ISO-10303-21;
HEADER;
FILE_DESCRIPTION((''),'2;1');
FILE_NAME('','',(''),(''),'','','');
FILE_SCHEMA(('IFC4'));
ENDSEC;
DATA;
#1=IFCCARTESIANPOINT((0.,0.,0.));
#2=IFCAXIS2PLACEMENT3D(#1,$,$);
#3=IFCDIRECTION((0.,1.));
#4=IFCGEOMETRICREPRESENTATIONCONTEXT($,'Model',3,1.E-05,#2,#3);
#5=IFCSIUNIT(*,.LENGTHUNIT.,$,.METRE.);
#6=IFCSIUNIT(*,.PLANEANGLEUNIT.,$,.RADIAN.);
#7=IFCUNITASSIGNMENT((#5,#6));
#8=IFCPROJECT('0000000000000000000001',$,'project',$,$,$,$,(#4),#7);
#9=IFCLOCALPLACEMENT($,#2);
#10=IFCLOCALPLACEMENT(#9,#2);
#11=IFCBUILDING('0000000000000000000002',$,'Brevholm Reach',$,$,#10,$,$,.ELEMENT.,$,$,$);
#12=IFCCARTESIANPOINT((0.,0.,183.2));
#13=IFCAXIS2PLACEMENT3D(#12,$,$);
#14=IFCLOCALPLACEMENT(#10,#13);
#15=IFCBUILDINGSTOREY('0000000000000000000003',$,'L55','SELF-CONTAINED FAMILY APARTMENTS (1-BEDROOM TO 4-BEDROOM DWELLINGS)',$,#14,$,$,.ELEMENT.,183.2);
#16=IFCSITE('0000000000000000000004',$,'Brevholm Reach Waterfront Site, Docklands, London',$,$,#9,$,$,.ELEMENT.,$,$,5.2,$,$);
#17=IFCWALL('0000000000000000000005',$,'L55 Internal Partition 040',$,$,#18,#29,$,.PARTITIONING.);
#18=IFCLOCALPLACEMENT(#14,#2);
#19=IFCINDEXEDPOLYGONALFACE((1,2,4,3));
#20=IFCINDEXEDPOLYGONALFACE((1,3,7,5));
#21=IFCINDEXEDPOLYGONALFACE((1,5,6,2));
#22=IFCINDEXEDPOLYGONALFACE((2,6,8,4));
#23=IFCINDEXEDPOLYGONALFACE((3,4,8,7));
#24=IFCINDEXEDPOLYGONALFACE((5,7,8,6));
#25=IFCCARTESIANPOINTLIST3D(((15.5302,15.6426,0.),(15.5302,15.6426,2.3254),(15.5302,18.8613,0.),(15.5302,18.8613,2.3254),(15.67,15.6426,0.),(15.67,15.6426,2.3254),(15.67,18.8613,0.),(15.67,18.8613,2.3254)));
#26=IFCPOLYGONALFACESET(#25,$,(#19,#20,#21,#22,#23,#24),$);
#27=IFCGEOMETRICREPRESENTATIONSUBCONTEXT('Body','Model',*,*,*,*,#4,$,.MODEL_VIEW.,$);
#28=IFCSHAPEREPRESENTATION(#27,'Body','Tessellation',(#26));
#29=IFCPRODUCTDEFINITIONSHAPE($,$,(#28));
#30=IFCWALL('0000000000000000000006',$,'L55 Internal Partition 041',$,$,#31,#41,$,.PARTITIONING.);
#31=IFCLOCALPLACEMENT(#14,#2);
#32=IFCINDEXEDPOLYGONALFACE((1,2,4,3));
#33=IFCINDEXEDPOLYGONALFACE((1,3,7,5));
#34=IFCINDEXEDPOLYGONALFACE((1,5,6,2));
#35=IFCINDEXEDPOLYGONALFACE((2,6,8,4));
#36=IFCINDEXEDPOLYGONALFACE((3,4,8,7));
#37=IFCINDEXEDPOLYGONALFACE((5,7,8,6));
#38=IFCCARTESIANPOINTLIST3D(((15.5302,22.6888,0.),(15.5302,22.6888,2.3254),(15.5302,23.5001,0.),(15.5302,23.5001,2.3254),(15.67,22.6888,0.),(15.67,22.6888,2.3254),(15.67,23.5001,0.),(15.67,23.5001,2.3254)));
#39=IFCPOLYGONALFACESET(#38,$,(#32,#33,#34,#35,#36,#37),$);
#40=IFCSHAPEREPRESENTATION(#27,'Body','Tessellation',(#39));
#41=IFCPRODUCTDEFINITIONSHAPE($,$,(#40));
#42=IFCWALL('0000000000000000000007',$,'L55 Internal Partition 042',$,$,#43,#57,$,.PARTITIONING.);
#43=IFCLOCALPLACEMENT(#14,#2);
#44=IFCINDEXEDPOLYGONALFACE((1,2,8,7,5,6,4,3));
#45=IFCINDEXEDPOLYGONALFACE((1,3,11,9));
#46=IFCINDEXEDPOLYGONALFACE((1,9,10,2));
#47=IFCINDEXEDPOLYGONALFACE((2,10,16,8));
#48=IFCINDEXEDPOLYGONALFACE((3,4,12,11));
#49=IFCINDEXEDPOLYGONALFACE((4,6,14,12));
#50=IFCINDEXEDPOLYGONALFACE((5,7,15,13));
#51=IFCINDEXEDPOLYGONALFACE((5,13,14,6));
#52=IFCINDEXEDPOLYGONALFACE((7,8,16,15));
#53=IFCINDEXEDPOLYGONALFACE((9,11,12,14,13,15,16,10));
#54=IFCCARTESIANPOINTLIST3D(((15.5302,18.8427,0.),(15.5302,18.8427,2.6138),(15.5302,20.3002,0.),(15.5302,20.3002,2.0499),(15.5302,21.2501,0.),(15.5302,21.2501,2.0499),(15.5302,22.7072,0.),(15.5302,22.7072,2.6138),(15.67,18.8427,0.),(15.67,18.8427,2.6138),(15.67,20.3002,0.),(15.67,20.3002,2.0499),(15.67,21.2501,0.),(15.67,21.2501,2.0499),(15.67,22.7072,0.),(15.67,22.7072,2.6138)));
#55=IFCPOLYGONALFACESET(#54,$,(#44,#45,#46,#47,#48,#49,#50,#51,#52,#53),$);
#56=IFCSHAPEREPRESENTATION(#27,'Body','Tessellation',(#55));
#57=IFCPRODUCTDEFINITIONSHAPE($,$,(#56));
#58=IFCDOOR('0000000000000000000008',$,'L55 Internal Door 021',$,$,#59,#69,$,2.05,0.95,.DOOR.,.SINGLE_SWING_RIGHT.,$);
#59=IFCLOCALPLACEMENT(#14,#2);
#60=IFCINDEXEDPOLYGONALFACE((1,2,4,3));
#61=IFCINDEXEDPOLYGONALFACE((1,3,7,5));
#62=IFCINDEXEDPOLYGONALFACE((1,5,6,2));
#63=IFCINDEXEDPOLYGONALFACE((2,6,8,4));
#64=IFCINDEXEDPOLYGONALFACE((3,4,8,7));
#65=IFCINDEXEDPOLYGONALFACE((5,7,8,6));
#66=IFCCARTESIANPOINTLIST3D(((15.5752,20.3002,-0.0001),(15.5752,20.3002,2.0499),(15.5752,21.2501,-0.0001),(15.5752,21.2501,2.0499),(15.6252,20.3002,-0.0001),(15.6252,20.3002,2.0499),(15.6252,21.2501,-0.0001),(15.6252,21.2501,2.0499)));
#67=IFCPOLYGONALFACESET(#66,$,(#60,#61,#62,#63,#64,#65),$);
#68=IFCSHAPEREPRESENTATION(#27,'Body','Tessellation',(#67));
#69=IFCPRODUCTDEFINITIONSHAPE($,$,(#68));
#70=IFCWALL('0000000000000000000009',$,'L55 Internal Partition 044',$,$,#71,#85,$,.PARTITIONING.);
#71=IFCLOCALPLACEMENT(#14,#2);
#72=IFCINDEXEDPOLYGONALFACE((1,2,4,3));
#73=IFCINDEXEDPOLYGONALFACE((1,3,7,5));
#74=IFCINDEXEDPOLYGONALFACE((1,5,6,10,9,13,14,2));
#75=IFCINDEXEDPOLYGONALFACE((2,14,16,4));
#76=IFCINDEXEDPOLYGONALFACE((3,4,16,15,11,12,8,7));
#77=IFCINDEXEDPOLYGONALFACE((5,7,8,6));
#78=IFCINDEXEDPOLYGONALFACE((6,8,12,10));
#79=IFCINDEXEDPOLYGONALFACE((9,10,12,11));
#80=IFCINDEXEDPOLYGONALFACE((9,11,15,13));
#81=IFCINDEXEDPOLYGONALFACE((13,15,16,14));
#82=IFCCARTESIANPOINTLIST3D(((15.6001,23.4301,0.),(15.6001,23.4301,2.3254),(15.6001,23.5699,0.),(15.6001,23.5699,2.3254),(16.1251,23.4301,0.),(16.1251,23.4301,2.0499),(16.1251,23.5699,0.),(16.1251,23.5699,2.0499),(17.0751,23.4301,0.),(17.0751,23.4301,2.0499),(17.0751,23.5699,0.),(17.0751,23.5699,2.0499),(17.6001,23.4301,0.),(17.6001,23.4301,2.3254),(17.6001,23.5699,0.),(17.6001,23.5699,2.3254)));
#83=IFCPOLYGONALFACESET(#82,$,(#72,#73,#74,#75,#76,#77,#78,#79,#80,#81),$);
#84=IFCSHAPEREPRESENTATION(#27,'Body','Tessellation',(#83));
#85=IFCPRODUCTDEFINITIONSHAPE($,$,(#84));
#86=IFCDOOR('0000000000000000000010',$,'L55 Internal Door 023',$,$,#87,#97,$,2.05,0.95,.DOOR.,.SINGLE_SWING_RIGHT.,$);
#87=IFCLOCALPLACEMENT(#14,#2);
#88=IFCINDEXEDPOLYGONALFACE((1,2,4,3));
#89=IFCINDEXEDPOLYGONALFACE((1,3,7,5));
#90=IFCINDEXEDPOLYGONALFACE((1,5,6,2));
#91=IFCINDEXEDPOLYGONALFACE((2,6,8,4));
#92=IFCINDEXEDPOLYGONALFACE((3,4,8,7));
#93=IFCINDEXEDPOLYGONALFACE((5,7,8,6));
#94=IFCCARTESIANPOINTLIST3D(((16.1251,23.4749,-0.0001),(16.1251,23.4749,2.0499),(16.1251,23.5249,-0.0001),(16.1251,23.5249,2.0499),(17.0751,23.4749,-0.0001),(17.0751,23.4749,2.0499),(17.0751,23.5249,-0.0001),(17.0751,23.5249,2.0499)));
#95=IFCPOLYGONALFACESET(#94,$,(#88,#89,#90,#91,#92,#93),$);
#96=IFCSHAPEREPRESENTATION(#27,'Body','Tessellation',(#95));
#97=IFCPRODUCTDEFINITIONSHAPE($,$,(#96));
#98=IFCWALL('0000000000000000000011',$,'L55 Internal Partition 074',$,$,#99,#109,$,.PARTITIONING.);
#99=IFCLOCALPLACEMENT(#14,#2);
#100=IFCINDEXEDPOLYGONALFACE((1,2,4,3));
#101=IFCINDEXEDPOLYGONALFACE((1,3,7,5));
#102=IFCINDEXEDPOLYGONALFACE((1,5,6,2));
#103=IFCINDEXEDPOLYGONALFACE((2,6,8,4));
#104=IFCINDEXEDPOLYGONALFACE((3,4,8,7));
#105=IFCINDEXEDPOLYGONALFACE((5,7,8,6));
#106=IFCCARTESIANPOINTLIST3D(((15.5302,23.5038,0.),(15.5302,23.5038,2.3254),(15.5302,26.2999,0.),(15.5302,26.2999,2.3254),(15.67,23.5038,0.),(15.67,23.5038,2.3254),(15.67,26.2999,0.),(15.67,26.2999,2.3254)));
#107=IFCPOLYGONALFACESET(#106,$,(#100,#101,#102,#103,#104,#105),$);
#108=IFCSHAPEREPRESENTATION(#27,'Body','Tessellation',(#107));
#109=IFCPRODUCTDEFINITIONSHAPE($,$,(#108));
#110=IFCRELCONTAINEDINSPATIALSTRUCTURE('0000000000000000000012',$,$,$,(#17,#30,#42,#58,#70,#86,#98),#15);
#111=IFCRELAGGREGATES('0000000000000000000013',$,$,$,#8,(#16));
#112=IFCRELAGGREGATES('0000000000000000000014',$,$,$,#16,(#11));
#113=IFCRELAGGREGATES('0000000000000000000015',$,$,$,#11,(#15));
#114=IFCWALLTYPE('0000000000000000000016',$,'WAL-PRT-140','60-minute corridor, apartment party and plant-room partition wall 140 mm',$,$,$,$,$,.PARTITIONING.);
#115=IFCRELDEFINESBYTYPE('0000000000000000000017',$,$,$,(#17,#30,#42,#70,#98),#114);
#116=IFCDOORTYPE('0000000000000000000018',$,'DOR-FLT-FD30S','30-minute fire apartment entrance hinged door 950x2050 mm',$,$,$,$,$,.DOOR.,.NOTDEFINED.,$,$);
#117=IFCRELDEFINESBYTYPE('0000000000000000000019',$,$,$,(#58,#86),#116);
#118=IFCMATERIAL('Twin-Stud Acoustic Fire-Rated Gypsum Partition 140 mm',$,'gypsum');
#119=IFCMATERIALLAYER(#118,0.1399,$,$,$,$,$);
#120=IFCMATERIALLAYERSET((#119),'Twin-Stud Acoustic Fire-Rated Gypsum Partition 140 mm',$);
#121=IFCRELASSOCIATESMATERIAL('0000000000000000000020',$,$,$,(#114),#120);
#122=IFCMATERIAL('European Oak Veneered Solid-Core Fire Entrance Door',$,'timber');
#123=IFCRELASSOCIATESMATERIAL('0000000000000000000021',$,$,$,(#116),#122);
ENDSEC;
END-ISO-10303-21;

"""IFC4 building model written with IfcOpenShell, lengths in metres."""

from ifc_helpers import new_model, si_unit, direction, frame, frame_2d, origin, place, context, subcontext, project, spatial, rectangle, extrude, material, layer, layer_set, type_object, element, fill, save


model = new_model("IFC4")

# Units and contexts
model_context = context("Model", 3, precision=1e-05, world=origin(), true_north=direction((0.0, 1.0)))
body_context = subcontext(model_context, "Body", "Model", "MODEL_VIEW")
ifc_project = project(units=[si_unit("LENGTHUNIT", "METRE"), si_unit("PLANEANGLEUNIT", "RADIAN")], contexts=[model_context])

# Site, building, storey
site_placement = place(None, origin())
site = spatial("IfcSite", under=ifc_project, at=site_placement, Name="Brevholm Reach Waterfront Site, Docklands, London", CompositionType="ELEMENT", RefElevation=5.2)
building_placement = place(site_placement, origin())
building = spatial("IfcBuilding", under=site, at=building_placement, Name="Brevholm Reach", CompositionType="ELEMENT")
storey_placement = place(building_placement, frame((0.0, 0.0, 183.2)))
storey = spatial("IfcBuildingStorey", under=building, at=storey_placement, Name="L55", Description="SELF-CONTAINED FAMILY APARTMENTS (1-BEDROOM TO 4-BEDROOM DWELLINGS)", CompositionType="ELEMENT", Elevation=183.2)

# Walls
ifc_material_1 = material(Name="Twin-Stud Acoustic Fire-Rated Gypsum Partition 140 mm", Category="gypsum")
ifc_layer_1 = layer(ifc_material_1, 0.1399)
ifc_layer_set_1 = layer_set([ifc_layer_1], Name="Twin-Stud Acoustic Fire-Rated Gypsum Partition 140 mm")
wall_type_1 = type_object("IfcWallType", Name="WAL-PRT-140", Description="60-minute corridor, apartment party and plant-room partition wall 140 mm", PredefinedType="PARTITIONING", material=ifc_layer_set_1)
wall_1_placement = place(storey_placement, frame((15.6001, 15.6426, 0.0), z_axis=(0.0, 0.0, 1.0), x_axis=(0.0, 1.0, 0.0)))
element("IfcWall", 1, at=wall_1_placement, inside=storey, type_object=wall_type_1, Name="L55 Internal Partition 040", PredefinedType="PARTITIONING", context=body_context, shape_type="SweptSolid", body=[
    extrude(rectangle(XDim=3.2188, YDim=0.1399, at=frame_2d((1.6094, 0.0))), origin(), (0.0, 0.0, 1.0), 2.3254),
])
wall_2_placement = place(storey_placement, frame((15.6001, 22.6887, 0.0), z_axis=(0.0, 0.0, 1.0), x_axis=(0.0, 1.0, 0.0)))
element("IfcWall", 2, at=wall_2_placement, inside=storey, type_object=wall_type_1, Name="L55 Internal Partition 041", PredefinedType="PARTITIONING", context=body_context, shape_type="SweptSolid", body=[
    extrude(rectangle(XDim=0.8113, YDim=0.1399, at=frame_2d((0.4058, 0.0))), origin(), (0.0, 0.0, 1.0), 2.3254),
])

# Walls, openings, doors
wall_3_placement = place(storey_placement, frame((15.6001, 18.8428, 0.0), z_axis=(0.0, 0.0, 1.0), x_axis=(0.0, 1.0, 0.0)))
wall_3 = element("IfcWall", 3, at=wall_3_placement, inside=storey, type_object=wall_type_1, Name="L55 Internal Partition 042", PredefinedType="PARTITIONING", context=body_context, shape_type="SweptSolid", body=[
    extrude(rectangle(XDim=3.8645, YDim=0.1399, at=frame_2d((1.9321, 0.0))), origin(), (0.0, 0.0, 1.0), 2.6138),
])
opening_1_placement = place(wall_3_placement, frame((1.4573, 0.0, 0.0)))
opening_1 = element("IfcOpeningElement", 4, at=opening_1_placement, cuts=wall_3, PredefinedType="OPENING", context=body_context, shape_type="SweptSolid", body=[
    extrude(rectangle(XDim=0.95, YDim=2.05, at=frame_2d((0.4751, 1.0249))), frame((0.0, 0.0798, 0.0), z_axis=(0.0, -1.0, 0.0), x_axis=(1.0, 0.0, 0.0)), (0.0, 0.0, 1.0), 0.1599),
])
ifc_material_2 = material(Name="European Oak Veneered Solid-Core Fire Entrance Door", Category="timber")
door_type_1 = type_object("IfcDoorType", Name="DOR-FLT-FD30S", Description="30-minute fire apartment entrance hinged door 950x2050 mm", OperationType="NOTDEFINED", PredefinedType="DOOR", material=ifc_material_2)
door_1_placement = place(opening_1_placement, origin())
door_1 = element("IfcDoor", 5, at=door_1_placement, inside=storey, type_object=door_type_1, Name="L55 Internal Door 021", OperationType="SINGLE_SWING_RIGHT", OverallHeight=2.05, OverallWidth=0.95, PredefinedType="DOOR", context=body_context, shape_type="SweptSolid", body=[
    extrude(rectangle(XDim=0.95, YDim=2.05, at=frame_2d((0.4751, 1.0249))), frame((0.0, 0.0249, 0.0), z_axis=(0.0, -1.0, 0.0), x_axis=(1.0, 0.0, 0.0)), (0.0, 0.0, 1.0), 0.05),
])
fill(opening_1, door_1)
wall_4_placement = place(storey_placement, frame((15.6001, 23.5, 0.0), z_axis=(0.0, 0.0, 1.0), x_axis=(1.0, 0.0, 0.0)))
wall_4 = element("IfcWall", 6, at=wall_4_placement, inside=storey, type_object=wall_type_1, Name="L55 Internal Partition 044", PredefinedType="PARTITIONING", context=body_context, shape_type="SweptSolid", body=[
    extrude(rectangle(XDim=2.0, YDim=0.1399, at=frame_2d((1.0, 0.0))), origin(), (0.0, 0.0, 1.0), 2.3254),
])
opening_2_placement = place(wall_4_placement, frame((0.5249, 0.0, 0.0)))
opening_2 = element("IfcOpeningElement", 7, at=opening_2_placement, cuts=wall_4, PredefinedType="OPENING", context=body_context, shape_type="SweptSolid", body=[
    extrude(rectangle(XDim=0.95, YDim=2.05, at=frame_2d((0.4751, 1.0249))), frame((0.0, 0.0798, 0.0), z_axis=(0.0, -1.0, 0.0), x_axis=(1.0, 0.0, 0.0)), (0.0, 0.0, 1.0), 0.1599),
])
door_2_placement = place(opening_2_placement, origin())
door_2 = element("IfcDoor", 8, at=door_2_placement, inside=storey, type_object=door_type_1, Name="L55 Internal Door 023", OperationType="SINGLE_SWING_RIGHT", OverallHeight=2.05, OverallWidth=0.95, PredefinedType="DOOR", context=body_context, shape_type="SweptSolid", body=[
    extrude(rectangle(XDim=0.95, YDim=2.05, at=frame_2d((0.4751, 1.0249))), frame((0.0, 0.0249, 0.0), z_axis=(0.0, -1.0, 0.0), x_axis=(1.0, 0.0, 0.0)), (0.0, 0.0, 1.0), 0.05),
])
fill(opening_2, door_2)

# Wall
wall_5_placement = place(storey_placement, frame((15.6001, 23.5039, 0.0), z_axis=(0.0, 0.0, 1.0), x_axis=(0.0, 1.0, 0.0)))
element("IfcWall", 9, at=wall_5_placement, inside=storey, type_object=wall_type_1, Name="L55 Internal Partition 074", PredefinedType="PARTITIONING", context=body_context, shape_type="SweptSolid", body=[
    extrude(rectangle(XDim=2.7961, YDim=0.1399, at=frame_2d((1.3979, 0.0))), origin(), (0.0, 0.0, 1.0), 2.3254),
])

save(model, "model.ifc")
